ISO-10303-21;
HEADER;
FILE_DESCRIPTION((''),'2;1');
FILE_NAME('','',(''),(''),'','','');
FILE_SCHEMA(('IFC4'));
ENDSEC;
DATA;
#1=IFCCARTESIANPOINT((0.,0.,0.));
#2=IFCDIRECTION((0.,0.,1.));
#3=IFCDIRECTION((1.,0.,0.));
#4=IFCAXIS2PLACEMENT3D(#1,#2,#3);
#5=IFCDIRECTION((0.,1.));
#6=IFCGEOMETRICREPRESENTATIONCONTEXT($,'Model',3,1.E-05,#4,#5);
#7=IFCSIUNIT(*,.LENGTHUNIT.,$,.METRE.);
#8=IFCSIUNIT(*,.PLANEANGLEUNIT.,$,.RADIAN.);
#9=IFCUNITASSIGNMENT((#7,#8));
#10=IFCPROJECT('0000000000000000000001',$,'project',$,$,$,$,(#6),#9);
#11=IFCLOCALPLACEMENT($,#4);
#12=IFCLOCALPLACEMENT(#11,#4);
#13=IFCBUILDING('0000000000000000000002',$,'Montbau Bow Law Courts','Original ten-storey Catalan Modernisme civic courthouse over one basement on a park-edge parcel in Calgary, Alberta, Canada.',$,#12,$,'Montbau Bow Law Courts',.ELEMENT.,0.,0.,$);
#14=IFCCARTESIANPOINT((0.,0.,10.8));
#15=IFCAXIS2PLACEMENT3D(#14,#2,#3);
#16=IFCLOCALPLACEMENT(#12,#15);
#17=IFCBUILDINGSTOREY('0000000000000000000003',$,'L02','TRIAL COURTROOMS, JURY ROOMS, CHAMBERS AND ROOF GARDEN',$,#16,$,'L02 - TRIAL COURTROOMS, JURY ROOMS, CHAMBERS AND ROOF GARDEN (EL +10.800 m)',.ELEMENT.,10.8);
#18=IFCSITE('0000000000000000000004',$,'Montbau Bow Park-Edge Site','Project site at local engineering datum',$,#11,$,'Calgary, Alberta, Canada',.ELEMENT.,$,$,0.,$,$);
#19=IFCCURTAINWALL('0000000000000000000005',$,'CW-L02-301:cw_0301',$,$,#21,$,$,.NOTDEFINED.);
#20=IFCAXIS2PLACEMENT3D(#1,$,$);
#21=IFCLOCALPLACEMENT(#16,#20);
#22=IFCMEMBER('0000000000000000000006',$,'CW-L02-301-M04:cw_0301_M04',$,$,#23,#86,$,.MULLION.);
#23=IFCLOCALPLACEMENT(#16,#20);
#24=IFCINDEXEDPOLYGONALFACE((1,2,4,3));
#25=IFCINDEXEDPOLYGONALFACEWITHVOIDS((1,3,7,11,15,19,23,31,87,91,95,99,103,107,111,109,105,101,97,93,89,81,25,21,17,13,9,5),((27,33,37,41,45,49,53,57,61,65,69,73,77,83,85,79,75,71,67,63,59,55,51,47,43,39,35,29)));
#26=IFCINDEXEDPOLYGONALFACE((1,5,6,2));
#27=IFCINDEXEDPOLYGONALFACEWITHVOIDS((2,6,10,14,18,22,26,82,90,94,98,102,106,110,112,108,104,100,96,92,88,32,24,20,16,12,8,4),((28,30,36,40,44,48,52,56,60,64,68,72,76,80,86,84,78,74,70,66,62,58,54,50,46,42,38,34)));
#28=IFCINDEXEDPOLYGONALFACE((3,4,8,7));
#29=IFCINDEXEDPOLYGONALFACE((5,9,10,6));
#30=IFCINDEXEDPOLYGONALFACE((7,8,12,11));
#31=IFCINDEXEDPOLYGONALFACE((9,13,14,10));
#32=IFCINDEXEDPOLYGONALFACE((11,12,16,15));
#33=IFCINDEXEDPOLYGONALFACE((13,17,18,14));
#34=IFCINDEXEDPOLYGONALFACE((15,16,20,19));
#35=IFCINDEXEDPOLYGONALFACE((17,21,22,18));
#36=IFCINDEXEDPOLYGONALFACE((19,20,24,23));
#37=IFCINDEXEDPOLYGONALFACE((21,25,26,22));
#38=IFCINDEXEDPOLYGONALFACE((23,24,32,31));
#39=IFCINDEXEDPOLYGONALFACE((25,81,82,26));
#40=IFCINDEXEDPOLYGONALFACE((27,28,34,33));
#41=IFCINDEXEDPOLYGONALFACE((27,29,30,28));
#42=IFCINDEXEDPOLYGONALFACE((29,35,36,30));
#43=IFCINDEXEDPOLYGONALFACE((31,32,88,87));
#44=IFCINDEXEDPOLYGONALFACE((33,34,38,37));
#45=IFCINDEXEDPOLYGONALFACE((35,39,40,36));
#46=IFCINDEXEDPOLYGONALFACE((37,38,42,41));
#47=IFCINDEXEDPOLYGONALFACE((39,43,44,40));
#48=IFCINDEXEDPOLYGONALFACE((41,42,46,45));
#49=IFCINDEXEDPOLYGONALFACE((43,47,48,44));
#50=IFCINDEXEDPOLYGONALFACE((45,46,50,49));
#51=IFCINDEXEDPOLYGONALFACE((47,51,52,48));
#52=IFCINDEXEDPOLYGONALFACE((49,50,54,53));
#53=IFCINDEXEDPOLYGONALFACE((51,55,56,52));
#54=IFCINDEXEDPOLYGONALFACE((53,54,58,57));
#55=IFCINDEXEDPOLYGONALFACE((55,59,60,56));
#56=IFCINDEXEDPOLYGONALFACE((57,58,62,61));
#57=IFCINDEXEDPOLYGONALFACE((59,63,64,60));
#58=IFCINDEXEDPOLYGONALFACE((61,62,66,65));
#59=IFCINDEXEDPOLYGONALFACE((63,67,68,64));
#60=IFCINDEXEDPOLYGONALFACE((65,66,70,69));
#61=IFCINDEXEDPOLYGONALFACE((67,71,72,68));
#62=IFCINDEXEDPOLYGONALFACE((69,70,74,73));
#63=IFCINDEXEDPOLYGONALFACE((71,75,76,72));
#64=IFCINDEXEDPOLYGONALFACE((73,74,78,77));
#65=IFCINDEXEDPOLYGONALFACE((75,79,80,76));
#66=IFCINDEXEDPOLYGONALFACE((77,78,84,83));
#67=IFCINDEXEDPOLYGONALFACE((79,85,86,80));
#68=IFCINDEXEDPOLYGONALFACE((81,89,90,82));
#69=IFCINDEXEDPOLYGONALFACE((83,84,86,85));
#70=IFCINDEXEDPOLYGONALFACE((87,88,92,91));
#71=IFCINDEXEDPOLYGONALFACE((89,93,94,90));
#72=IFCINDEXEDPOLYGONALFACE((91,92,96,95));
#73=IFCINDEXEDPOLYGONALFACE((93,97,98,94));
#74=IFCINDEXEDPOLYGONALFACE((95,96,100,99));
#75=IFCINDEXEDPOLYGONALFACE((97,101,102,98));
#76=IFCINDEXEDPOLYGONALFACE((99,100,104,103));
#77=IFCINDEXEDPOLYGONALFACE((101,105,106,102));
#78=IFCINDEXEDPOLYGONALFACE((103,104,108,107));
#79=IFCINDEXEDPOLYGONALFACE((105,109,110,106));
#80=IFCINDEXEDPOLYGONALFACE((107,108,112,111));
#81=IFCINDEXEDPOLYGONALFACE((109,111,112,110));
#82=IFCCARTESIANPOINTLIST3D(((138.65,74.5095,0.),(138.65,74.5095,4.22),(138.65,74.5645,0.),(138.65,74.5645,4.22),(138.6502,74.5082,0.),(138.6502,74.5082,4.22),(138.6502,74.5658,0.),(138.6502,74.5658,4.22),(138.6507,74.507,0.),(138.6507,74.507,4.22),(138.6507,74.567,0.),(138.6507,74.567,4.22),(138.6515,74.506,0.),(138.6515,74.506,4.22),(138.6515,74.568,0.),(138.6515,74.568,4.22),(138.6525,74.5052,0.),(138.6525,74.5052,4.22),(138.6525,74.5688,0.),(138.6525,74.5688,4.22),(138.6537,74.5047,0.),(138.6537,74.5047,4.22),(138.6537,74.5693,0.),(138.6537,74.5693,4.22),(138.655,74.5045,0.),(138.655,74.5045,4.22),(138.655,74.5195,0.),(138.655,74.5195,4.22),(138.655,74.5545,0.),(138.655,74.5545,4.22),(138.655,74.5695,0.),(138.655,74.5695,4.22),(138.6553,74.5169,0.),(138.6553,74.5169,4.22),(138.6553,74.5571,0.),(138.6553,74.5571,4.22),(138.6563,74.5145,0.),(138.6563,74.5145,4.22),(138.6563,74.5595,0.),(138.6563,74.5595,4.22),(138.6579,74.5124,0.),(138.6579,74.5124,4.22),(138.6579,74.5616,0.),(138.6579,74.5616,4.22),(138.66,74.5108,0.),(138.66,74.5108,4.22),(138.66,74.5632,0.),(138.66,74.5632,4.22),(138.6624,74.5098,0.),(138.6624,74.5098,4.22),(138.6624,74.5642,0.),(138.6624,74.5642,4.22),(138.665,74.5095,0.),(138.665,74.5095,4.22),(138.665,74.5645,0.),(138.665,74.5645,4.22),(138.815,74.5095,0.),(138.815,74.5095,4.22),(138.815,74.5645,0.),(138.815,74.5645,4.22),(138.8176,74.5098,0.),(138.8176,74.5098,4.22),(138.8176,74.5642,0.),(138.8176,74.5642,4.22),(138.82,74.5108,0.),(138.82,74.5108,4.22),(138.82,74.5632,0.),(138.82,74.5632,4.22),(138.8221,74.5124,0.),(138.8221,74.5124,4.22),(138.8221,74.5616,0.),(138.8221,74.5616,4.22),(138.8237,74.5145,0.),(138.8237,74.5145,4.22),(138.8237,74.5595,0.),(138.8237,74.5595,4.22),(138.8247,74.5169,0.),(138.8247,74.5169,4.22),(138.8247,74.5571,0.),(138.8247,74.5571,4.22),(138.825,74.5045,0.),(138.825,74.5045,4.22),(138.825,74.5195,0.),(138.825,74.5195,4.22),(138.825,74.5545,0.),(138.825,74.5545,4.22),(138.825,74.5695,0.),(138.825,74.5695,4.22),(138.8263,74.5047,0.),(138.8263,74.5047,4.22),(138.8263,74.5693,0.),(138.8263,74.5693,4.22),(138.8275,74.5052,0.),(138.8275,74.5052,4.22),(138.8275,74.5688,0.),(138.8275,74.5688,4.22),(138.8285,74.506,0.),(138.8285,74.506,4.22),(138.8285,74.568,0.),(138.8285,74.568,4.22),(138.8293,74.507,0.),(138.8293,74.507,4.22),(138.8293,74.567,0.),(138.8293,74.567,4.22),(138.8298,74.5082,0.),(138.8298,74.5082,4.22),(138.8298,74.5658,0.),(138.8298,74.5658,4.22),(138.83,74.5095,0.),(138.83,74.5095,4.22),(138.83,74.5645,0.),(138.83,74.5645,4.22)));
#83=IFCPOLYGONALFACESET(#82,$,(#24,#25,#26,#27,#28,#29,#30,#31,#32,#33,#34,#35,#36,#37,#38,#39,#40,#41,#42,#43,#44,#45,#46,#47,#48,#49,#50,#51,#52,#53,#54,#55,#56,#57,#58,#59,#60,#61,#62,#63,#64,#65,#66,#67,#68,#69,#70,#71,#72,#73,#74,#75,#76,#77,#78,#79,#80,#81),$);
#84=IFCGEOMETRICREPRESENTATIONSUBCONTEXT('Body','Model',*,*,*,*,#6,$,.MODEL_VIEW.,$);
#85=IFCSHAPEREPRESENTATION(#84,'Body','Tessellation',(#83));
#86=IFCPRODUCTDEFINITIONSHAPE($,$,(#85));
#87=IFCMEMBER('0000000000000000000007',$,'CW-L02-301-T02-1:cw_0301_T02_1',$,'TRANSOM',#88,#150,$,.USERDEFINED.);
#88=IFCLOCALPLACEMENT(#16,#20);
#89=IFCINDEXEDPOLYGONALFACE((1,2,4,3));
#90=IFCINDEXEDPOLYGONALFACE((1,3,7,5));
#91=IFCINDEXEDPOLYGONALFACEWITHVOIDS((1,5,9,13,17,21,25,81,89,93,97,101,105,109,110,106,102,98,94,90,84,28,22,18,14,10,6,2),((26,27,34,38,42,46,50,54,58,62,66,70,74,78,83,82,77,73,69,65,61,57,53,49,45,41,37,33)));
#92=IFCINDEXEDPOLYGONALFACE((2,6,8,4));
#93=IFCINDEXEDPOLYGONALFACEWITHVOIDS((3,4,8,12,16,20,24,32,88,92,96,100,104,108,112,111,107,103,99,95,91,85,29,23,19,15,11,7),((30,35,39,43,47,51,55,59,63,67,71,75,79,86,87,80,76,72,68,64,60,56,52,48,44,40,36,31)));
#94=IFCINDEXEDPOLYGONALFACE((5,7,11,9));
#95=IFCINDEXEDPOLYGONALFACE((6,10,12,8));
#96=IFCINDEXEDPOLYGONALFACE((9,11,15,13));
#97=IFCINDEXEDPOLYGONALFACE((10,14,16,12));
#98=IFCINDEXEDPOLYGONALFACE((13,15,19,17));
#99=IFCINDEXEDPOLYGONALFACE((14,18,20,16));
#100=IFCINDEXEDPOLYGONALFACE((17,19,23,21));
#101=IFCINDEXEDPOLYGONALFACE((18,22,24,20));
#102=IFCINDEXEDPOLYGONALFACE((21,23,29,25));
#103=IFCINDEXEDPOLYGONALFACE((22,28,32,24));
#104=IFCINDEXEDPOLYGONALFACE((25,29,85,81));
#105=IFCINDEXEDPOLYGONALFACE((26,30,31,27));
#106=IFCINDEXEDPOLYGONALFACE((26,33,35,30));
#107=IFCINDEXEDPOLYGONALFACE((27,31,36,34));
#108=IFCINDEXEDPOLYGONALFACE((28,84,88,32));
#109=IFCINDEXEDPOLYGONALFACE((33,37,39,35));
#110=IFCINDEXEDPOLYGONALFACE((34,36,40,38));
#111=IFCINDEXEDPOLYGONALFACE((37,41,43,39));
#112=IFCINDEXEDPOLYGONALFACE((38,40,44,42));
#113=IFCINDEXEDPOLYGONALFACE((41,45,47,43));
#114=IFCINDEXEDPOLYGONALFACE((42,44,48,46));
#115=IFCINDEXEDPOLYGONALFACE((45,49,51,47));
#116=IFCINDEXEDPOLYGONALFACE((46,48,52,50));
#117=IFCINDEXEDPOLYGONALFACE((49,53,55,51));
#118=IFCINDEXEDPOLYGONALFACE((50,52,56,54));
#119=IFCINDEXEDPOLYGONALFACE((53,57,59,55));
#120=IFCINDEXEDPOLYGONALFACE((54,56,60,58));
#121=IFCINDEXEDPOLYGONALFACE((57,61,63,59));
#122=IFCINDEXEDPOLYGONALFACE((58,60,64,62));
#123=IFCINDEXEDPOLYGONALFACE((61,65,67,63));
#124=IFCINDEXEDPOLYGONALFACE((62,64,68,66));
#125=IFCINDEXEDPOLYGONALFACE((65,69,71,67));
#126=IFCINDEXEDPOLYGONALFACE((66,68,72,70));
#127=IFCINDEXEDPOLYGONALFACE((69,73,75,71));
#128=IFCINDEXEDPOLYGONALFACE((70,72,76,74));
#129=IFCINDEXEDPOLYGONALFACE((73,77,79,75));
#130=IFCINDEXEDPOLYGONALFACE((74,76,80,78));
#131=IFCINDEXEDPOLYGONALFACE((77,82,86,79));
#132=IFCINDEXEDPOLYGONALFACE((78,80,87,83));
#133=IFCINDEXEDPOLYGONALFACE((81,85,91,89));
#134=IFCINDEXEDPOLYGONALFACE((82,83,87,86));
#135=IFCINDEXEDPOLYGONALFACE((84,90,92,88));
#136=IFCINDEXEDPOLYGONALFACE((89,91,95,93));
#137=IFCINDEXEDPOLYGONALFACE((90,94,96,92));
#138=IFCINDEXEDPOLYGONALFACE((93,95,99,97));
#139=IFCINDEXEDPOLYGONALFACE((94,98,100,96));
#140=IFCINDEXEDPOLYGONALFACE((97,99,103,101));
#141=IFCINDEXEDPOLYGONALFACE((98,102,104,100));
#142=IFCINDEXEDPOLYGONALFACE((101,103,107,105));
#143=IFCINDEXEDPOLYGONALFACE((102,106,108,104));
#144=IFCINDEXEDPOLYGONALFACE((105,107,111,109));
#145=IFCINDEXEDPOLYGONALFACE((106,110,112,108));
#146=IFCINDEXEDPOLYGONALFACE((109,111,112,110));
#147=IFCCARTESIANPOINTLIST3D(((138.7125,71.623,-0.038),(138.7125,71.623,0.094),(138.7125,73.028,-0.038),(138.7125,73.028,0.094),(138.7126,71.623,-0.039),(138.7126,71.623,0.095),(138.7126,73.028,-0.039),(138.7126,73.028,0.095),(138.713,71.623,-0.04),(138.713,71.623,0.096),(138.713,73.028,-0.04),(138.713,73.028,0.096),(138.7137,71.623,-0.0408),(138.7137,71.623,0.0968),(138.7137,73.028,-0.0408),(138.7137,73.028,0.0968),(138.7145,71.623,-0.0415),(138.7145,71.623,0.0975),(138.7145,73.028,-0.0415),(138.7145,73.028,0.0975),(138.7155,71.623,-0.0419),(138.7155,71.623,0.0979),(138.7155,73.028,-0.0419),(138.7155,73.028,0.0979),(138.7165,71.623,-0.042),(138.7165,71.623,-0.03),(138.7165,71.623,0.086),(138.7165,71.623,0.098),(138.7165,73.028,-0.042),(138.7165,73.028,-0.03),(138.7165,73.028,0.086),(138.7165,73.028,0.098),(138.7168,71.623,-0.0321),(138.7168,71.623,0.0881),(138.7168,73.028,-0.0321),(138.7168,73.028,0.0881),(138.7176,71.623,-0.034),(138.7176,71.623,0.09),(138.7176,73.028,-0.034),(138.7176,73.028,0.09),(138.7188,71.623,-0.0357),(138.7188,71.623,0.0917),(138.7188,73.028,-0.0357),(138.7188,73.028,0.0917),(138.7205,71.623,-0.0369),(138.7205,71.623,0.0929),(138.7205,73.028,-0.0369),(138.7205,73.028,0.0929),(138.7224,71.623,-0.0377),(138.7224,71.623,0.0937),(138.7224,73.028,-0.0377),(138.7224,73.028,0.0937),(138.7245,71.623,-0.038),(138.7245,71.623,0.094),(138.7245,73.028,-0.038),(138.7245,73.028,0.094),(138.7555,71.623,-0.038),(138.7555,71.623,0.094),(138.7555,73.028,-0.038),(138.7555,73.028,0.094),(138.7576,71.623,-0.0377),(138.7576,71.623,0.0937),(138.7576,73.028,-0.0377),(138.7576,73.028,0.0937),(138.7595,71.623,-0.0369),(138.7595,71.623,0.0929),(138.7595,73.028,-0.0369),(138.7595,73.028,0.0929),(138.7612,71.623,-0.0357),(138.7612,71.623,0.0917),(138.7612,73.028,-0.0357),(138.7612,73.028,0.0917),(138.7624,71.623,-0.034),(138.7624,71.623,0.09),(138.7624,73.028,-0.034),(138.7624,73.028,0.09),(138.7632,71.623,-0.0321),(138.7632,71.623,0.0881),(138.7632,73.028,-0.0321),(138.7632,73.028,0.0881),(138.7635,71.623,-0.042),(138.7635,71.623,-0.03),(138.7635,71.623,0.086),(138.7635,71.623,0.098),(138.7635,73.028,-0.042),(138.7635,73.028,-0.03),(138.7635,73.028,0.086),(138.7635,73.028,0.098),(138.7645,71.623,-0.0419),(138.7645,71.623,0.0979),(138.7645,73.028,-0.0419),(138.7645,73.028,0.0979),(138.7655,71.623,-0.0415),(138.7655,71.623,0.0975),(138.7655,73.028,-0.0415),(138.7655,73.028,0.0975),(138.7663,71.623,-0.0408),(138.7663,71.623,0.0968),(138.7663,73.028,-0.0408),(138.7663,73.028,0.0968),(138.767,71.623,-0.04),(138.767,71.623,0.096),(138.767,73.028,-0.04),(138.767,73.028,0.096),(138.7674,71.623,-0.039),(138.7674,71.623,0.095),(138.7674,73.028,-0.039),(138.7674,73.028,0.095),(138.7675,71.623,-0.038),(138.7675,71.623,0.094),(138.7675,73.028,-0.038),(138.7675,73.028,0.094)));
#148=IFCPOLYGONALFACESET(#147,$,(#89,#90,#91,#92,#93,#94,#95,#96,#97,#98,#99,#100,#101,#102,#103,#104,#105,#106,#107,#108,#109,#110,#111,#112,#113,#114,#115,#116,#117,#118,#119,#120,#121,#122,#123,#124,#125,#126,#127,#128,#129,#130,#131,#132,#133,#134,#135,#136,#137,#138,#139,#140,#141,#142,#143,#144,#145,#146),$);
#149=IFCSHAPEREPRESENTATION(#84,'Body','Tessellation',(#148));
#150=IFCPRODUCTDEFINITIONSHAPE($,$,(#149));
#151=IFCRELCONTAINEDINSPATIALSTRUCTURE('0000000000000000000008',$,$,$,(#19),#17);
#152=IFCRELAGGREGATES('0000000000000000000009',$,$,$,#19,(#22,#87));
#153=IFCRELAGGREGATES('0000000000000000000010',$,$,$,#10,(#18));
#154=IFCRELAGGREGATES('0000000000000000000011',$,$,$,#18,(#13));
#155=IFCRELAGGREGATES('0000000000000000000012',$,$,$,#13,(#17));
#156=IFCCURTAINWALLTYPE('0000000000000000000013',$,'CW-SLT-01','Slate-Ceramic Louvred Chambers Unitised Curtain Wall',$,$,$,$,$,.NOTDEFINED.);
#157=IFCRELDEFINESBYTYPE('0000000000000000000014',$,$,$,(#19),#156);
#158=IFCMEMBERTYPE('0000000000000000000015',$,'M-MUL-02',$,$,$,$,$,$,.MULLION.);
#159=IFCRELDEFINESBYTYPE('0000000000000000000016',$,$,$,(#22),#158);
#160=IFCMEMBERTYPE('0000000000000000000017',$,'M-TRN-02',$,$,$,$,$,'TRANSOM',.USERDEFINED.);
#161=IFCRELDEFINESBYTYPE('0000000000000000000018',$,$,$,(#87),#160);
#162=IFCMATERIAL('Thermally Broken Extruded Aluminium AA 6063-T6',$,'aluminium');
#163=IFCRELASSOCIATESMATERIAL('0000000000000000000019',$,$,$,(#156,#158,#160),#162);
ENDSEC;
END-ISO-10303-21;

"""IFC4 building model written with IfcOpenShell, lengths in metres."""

from ifc_helpers import new_model, si_unit, direction, frame, origin_with_axes, origin_2d_with_axis, place, context, subcontext, project, spatial, hollow_rectangle, extrude, material, material_profile, profile_set, type_object, element, aggregate, save


model = new_model("IFC4")

# Units and contexts
model_context = context("Model", 3, precision=1e-05, world=origin_with_axes(), true_north=direction((0.0, 1.0)))
body_context = subcontext(model_context, "Body", "Model", "MODEL_VIEW")
ifc_project = project(units=[si_unit("LENGTHUNIT", "METRE"), si_unit("PLANEANGLEUNIT", "RADIAN")], contexts=[model_context])

# Site, building, storey
site_placement = place(None, origin_with_axes())
site = spatial("IfcSite", under=ifc_project, at=site_placement, Name="Montbau Bow Park-Edge Site", Description="Project site at local engineering datum", LongName="Calgary, Alberta, Canada", CompositionType="ELEMENT", RefElevation=0.0)
building_placement = place(site_placement, origin_with_axes())
building = spatial("IfcBuilding", under=site, at=building_placement, Name="Montbau Bow Law Courts", Description="Original ten-storey Catalan Modernisme civic courthouse over one basement on a park-edge parcel in Calgary, Alberta, Canada.", LongName="Montbau Bow Law Courts", CompositionType="ELEMENT", ElevationOfRefHeight=0.0, ElevationOfTerrain=0.0)
storey_placement = place(building_placement, frame((0.0, 0.0, 10.8), z_axis=(0.0, 0.0, 1.0), x_axis=(1.0, 0.0, 0.0)))
storey = spatial("IfcBuildingStorey", under=building, at=storey_placement, Name="L02", Description="TRIAL COURTROOMS, JURY ROOMS, CHAMBERS AND ROOF GARDEN", LongName="L02 - TRIAL COURTROOMS, JURY ROOMS, CHAMBERS AND ROOF GARDEN (EL +10.800 m)", CompositionType="ELEMENT", Elevation=10.8)

# Curtain wall, members
ifc_material_1 = material(Name="Thermally Broken Extruded Aluminium AA 6063-T6", Category="aluminium")
curtain_wall_type = type_object("IfcCurtainWallType", Name="CW-SLT-01", Description="Slate-Ceramic Louvred Chambers Unitised Curtain Wall", PredefinedType="NOTDEFINED", material=ifc_material_1)
curtain_wall_placement = place(None, frame((138.74, 70.115, 10.8), z_axis=(0.0, 0.0, 1.0), x_axis=(1.0, 0.0, 0.0)))
curtain_wall = element("IfcCurtainWall", 1, at=curtain_wall_placement, inside=storey, type_object=curtain_wall_type, Name="CW-L02-301:cw_0301", PredefinedType="NOTDEFINED")
ifc_material_profile_1 = material_profile(ifc_material_1, hollow_rectangle(XDim=0.065, YDim=0.18, WallThickness=0.005, InnerFilletRadius=0.01, OuterFilletRadius=0.005, at=origin_2d_with_axis()), Name="CWM-180X65", Category="Main", Priority=0)
ifc_profile_set_1 = profile_set([ifc_material_profile_1], Name="Thermally Broken Extruded Aluminium AA 6063-T6")
member_type_1 = type_object("IfcMemberType", Name="M-MUL-02", PredefinedType="MULLION", material=ifc_profile_set_1)
member_1_placement = place(None, frame((138.74, 74.537, 10.8), z_axis=(0.0, 0.0, 1.0), x_axis=(0.0, 1.0, 0.0)))
member_1 = element("IfcMember", 2, at=member_1_placement, type_object=member_type_1, Name="CW-L02-301-M04:cw_0301_M04", PredefinedType="MULLION", context=body_context, shape_type="SweptSolid", body=[
    extrude(hollow_rectangle(XDim=0.065, YDim=0.18, WallThickness=0.005, InnerFilletRadius=0.01, OuterFilletRadius=0.005, at=origin_2d_with_axis()), origin_with_axes(), (0.0, 0.0, 1.0), 4.22),
])
ifc_material_profile_2 = material_profile(ifc_material_1, hollow_rectangle(XDim=0.055, YDim=0.14, WallThickness=0.004, InnerFilletRadius=0.008, OuterFilletRadius=0.004, at=origin_2d_with_axis()), Name="CWT-140X55", Category="Main", Priority=0)
ifc_profile_set_2 = profile_set([ifc_material_profile_2], Name="Thermally Broken Extruded Aluminium AA 6063-T6")
member_type_2 = type_object("IfcMemberType", Name="M-TRN-02", ElementType="TRANSOM", PredefinedType="USERDEFINED", material=ifc_profile_set_2)
member_2_placement = place(None, frame((138.74, 71.623, 10.828), z_axis=(0.0, 1.0, 0.0), x_axis=(-1.0, 0.0, 0.0)))
member_2 = element("IfcMember", 3, at=member_2_placement, type_object=member_type_2, Name="CW-L02-301-T02-1:cw_0301_T02_1", ObjectType="TRANSOM", PredefinedType="USERDEFINED", context=body_context, shape_type="SweptSolid", body=[
    extrude(hollow_rectangle(XDim=0.055, YDim=0.14, WallThickness=0.004, InnerFilletRadius=0.008, OuterFilletRadius=0.004, at=origin_2d_with_axis()), origin_with_axes(), (0.0, 0.0, 1.0), 1.405),
])
aggregate(curtain_wall, [member_1, member_2])

save(model, "model.ifc")
